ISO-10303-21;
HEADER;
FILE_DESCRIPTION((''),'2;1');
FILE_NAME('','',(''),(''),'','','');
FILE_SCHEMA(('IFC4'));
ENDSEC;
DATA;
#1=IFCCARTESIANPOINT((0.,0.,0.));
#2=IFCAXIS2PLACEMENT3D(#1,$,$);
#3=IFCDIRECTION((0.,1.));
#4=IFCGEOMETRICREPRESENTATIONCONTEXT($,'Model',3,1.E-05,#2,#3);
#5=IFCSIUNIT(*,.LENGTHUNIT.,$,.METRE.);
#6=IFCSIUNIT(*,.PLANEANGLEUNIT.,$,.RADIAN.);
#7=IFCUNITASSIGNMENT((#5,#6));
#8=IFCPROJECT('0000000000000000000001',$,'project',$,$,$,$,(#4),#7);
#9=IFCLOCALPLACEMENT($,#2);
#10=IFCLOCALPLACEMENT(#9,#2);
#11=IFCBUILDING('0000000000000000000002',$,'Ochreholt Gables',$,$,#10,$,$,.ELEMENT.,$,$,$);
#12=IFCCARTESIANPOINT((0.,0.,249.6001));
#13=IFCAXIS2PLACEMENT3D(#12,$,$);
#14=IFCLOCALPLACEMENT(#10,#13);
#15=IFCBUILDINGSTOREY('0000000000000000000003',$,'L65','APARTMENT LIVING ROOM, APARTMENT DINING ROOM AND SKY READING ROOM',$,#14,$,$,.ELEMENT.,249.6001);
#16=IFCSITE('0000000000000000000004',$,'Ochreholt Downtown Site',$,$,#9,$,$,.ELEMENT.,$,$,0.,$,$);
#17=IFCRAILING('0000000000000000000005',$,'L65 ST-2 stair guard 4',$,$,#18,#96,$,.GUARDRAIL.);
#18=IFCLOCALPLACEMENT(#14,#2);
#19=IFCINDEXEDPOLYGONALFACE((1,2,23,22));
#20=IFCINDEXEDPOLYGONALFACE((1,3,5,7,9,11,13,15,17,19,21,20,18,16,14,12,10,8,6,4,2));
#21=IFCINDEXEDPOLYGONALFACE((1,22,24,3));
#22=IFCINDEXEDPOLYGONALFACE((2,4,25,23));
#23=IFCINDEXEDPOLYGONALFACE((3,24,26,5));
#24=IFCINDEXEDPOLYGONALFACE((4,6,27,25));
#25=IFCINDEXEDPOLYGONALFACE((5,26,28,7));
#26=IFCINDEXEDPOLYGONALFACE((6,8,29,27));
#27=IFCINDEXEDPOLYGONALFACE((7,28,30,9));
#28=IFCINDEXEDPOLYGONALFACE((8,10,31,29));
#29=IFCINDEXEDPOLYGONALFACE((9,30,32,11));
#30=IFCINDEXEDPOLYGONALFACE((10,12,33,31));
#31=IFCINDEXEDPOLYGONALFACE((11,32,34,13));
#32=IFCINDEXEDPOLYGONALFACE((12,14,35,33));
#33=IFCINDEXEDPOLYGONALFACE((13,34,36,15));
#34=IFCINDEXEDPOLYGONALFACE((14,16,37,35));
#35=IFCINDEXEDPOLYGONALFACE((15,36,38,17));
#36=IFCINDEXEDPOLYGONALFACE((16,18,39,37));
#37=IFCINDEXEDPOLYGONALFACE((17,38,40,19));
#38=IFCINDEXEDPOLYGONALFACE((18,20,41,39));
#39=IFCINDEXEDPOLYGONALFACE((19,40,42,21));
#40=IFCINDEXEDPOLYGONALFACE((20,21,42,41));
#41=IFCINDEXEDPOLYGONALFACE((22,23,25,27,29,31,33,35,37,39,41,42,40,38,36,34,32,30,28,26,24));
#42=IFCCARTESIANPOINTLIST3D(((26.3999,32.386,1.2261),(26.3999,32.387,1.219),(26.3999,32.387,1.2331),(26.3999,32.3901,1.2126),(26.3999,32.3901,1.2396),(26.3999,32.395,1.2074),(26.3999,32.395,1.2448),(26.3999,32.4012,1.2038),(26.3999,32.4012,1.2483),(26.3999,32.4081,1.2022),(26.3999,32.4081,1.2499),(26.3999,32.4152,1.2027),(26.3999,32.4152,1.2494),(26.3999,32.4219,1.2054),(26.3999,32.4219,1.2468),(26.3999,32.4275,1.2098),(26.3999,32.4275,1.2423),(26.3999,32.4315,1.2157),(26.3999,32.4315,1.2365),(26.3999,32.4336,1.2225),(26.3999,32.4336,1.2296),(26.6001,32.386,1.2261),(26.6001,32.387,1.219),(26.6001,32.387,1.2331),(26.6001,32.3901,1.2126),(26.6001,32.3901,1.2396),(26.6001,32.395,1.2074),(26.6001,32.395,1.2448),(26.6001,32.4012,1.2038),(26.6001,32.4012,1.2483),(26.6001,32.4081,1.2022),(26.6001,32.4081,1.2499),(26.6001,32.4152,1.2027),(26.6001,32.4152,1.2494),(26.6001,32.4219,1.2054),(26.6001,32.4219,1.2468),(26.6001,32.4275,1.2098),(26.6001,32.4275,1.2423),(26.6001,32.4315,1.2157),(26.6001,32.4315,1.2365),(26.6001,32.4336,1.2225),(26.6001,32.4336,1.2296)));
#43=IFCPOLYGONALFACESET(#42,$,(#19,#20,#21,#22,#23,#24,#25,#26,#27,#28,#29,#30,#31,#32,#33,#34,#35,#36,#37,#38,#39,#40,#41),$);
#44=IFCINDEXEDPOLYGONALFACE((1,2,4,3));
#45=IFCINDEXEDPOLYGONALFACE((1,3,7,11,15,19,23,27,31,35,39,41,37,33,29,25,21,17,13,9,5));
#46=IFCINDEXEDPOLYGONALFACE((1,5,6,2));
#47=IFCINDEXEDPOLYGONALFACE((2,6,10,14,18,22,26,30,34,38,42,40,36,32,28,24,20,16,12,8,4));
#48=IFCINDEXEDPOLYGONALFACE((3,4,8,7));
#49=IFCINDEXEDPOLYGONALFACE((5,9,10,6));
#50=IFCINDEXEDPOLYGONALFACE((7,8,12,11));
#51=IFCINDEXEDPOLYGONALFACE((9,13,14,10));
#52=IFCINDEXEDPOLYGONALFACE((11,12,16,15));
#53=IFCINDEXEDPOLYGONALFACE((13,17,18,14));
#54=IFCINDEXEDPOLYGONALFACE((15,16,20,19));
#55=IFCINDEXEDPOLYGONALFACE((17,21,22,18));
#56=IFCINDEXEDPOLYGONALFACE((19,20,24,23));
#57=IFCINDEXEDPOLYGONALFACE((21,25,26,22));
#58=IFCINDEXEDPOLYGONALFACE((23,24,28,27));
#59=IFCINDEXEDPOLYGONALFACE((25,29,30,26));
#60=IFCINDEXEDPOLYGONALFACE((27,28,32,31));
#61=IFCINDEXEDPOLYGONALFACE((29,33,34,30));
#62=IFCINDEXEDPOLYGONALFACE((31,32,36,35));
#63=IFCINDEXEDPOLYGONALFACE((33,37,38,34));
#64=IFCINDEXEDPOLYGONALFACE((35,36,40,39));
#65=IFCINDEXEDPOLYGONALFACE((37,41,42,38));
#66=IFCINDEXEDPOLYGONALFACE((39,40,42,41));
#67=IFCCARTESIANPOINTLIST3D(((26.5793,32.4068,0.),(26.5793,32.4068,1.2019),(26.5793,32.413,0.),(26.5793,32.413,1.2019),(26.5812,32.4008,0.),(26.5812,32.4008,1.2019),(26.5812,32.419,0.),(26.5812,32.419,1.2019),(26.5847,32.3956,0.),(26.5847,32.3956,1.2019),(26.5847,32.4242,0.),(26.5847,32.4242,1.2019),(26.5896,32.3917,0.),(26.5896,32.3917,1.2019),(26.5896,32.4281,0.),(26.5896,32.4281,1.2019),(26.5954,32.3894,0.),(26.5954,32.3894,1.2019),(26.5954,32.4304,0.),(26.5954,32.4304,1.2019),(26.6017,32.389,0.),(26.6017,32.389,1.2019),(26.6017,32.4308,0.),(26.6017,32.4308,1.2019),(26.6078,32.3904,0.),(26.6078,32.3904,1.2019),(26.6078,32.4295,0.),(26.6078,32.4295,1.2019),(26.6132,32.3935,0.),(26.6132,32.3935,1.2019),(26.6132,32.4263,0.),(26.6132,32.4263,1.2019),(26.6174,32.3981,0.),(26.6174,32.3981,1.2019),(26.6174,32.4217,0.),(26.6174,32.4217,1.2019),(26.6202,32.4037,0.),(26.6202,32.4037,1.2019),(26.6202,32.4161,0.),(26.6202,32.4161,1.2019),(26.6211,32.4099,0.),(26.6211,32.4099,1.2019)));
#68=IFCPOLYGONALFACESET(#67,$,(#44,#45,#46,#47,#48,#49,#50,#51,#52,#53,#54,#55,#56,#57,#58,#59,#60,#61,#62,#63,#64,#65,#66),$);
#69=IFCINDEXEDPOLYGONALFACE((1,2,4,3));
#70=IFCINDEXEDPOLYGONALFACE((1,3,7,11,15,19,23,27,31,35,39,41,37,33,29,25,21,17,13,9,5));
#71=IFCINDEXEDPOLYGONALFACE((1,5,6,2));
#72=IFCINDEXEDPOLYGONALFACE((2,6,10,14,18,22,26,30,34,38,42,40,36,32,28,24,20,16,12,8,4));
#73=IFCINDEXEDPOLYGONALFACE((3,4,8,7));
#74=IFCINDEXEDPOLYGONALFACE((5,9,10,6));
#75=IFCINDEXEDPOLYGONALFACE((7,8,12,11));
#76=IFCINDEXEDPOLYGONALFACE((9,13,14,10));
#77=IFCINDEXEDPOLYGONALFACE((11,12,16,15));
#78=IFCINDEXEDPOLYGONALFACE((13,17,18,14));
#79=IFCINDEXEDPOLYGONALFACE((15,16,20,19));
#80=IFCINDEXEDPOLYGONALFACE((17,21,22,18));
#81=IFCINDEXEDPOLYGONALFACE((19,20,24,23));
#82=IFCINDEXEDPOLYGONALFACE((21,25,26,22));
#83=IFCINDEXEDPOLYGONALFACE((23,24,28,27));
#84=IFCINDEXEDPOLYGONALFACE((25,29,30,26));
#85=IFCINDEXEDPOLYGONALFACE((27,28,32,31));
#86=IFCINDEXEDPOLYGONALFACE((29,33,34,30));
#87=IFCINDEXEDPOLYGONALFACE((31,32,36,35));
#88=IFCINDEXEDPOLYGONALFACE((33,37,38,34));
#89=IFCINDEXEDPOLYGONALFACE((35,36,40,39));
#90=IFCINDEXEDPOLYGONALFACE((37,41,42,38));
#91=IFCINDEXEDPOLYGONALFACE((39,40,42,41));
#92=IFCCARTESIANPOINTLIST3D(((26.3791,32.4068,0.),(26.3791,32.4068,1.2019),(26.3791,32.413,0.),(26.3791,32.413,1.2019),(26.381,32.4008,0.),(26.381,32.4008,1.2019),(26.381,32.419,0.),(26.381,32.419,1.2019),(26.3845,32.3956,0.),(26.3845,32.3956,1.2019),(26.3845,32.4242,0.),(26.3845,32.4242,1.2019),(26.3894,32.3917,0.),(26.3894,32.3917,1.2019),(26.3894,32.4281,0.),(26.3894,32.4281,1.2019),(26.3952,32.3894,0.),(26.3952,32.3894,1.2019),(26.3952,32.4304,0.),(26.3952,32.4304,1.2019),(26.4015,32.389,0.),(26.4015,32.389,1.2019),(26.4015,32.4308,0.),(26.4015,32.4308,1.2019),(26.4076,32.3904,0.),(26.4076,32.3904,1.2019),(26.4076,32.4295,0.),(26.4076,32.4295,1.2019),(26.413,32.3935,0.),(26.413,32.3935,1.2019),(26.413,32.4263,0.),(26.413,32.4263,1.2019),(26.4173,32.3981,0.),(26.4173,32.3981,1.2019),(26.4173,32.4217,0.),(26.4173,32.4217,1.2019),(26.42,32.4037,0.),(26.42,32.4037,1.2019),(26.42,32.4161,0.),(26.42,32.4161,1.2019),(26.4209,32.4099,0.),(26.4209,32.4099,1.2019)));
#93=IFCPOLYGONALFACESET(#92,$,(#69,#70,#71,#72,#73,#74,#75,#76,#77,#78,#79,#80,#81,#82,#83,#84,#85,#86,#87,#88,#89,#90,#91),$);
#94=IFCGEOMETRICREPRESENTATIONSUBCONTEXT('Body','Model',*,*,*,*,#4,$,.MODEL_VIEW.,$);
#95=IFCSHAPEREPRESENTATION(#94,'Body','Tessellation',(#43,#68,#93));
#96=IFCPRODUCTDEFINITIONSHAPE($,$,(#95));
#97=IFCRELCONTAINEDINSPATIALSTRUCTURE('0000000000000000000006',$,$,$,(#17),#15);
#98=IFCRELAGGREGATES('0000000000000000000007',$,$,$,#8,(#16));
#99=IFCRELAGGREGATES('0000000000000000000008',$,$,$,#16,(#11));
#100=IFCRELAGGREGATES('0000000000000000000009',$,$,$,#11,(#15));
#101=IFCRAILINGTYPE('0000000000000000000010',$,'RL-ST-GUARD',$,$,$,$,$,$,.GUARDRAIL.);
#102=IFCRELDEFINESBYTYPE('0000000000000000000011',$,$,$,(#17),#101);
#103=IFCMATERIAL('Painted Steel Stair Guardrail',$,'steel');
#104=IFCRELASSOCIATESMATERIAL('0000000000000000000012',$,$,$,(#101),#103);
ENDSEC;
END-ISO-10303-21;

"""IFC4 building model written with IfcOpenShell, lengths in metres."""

from ifc_helpers import new_model, si_unit, direction, frame, origin, origin_2d, place, context, subcontext, project, spatial, circle, extrude, material, type_object, element, save


model = new_model("IFC4")

# Units and contexts
model_context = context("Model", 3, precision=1e-05, world=origin(), true_north=direction((0.0, 1.0)))
body_context = subcontext(model_context, "Body", "Model", "MODEL_VIEW")
ifc_project = project(units=[si_unit("LENGTHUNIT", "METRE"), si_unit("PLANEANGLEUNIT", "RADIAN")], contexts=[model_context])

# Site, building, storey
site_placement = place(None, origin())
site = spatial("IfcSite", under=ifc_project, at=site_placement, Name="Ochreholt Downtown Site", CompositionType="ELEMENT", RefElevation=0.0)
building_placement = place(site_placement, origin())
building = spatial("IfcBuilding", under=site, at=building_placement, Name="Ochreholt Gables", CompositionType="ELEMENT")
storey_placement = place(building_placement, frame((0.0, 0.0, 249.6001)))
storey = spatial("IfcBuildingStorey", under=building, at=storey_placement, Name="L65", Description="APARTMENT LIVING ROOM, APARTMENT DINING ROOM AND SKY READING ROOM", CompositionType="ELEMENT", Elevation=249.6001)

# Railing
ifc_material_1 = material(Name="Painted Steel Stair Guardrail", Category="steel")
railing_type_1 = type_object("IfcRailingType", Name="RL-ST-GUARD", PredefinedType="GUARDRAIL", material=ifc_material_1)
railing_1_placement = place(storey_placement, frame((26.6001, 32.4099, 0.0)))
element("IfcRailing", 1, at=railing_1_placement, inside=storey, type_object=railing_type_1, Name="L65 ST-2 stair guard 4", PredefinedType="GUARDRAIL", context=body_context, shape_type="SweptSolid", body=[
    extrude(circle(Radius=0.0239, at=origin_2d()), frame((0.0, 0.0, 1.2261), z_axis=(-1.0, 0.0, 0.0), x_axis=(0.0, -1.0, 0.0)), (0.0, 0.0, 1.0), 0.2002),
    extrude(circle(Radius=0.021, at=origin_2d()), origin(), (0.0, 0.0, 1.0), 1.2019),
    extrude(circle(Radius=0.021, at=origin_2d()), frame((-0.2002, 0.0, 0.0)), (0.0, 0.0, 1.0), 1.2019),
])

save(model, "model.ifc")
